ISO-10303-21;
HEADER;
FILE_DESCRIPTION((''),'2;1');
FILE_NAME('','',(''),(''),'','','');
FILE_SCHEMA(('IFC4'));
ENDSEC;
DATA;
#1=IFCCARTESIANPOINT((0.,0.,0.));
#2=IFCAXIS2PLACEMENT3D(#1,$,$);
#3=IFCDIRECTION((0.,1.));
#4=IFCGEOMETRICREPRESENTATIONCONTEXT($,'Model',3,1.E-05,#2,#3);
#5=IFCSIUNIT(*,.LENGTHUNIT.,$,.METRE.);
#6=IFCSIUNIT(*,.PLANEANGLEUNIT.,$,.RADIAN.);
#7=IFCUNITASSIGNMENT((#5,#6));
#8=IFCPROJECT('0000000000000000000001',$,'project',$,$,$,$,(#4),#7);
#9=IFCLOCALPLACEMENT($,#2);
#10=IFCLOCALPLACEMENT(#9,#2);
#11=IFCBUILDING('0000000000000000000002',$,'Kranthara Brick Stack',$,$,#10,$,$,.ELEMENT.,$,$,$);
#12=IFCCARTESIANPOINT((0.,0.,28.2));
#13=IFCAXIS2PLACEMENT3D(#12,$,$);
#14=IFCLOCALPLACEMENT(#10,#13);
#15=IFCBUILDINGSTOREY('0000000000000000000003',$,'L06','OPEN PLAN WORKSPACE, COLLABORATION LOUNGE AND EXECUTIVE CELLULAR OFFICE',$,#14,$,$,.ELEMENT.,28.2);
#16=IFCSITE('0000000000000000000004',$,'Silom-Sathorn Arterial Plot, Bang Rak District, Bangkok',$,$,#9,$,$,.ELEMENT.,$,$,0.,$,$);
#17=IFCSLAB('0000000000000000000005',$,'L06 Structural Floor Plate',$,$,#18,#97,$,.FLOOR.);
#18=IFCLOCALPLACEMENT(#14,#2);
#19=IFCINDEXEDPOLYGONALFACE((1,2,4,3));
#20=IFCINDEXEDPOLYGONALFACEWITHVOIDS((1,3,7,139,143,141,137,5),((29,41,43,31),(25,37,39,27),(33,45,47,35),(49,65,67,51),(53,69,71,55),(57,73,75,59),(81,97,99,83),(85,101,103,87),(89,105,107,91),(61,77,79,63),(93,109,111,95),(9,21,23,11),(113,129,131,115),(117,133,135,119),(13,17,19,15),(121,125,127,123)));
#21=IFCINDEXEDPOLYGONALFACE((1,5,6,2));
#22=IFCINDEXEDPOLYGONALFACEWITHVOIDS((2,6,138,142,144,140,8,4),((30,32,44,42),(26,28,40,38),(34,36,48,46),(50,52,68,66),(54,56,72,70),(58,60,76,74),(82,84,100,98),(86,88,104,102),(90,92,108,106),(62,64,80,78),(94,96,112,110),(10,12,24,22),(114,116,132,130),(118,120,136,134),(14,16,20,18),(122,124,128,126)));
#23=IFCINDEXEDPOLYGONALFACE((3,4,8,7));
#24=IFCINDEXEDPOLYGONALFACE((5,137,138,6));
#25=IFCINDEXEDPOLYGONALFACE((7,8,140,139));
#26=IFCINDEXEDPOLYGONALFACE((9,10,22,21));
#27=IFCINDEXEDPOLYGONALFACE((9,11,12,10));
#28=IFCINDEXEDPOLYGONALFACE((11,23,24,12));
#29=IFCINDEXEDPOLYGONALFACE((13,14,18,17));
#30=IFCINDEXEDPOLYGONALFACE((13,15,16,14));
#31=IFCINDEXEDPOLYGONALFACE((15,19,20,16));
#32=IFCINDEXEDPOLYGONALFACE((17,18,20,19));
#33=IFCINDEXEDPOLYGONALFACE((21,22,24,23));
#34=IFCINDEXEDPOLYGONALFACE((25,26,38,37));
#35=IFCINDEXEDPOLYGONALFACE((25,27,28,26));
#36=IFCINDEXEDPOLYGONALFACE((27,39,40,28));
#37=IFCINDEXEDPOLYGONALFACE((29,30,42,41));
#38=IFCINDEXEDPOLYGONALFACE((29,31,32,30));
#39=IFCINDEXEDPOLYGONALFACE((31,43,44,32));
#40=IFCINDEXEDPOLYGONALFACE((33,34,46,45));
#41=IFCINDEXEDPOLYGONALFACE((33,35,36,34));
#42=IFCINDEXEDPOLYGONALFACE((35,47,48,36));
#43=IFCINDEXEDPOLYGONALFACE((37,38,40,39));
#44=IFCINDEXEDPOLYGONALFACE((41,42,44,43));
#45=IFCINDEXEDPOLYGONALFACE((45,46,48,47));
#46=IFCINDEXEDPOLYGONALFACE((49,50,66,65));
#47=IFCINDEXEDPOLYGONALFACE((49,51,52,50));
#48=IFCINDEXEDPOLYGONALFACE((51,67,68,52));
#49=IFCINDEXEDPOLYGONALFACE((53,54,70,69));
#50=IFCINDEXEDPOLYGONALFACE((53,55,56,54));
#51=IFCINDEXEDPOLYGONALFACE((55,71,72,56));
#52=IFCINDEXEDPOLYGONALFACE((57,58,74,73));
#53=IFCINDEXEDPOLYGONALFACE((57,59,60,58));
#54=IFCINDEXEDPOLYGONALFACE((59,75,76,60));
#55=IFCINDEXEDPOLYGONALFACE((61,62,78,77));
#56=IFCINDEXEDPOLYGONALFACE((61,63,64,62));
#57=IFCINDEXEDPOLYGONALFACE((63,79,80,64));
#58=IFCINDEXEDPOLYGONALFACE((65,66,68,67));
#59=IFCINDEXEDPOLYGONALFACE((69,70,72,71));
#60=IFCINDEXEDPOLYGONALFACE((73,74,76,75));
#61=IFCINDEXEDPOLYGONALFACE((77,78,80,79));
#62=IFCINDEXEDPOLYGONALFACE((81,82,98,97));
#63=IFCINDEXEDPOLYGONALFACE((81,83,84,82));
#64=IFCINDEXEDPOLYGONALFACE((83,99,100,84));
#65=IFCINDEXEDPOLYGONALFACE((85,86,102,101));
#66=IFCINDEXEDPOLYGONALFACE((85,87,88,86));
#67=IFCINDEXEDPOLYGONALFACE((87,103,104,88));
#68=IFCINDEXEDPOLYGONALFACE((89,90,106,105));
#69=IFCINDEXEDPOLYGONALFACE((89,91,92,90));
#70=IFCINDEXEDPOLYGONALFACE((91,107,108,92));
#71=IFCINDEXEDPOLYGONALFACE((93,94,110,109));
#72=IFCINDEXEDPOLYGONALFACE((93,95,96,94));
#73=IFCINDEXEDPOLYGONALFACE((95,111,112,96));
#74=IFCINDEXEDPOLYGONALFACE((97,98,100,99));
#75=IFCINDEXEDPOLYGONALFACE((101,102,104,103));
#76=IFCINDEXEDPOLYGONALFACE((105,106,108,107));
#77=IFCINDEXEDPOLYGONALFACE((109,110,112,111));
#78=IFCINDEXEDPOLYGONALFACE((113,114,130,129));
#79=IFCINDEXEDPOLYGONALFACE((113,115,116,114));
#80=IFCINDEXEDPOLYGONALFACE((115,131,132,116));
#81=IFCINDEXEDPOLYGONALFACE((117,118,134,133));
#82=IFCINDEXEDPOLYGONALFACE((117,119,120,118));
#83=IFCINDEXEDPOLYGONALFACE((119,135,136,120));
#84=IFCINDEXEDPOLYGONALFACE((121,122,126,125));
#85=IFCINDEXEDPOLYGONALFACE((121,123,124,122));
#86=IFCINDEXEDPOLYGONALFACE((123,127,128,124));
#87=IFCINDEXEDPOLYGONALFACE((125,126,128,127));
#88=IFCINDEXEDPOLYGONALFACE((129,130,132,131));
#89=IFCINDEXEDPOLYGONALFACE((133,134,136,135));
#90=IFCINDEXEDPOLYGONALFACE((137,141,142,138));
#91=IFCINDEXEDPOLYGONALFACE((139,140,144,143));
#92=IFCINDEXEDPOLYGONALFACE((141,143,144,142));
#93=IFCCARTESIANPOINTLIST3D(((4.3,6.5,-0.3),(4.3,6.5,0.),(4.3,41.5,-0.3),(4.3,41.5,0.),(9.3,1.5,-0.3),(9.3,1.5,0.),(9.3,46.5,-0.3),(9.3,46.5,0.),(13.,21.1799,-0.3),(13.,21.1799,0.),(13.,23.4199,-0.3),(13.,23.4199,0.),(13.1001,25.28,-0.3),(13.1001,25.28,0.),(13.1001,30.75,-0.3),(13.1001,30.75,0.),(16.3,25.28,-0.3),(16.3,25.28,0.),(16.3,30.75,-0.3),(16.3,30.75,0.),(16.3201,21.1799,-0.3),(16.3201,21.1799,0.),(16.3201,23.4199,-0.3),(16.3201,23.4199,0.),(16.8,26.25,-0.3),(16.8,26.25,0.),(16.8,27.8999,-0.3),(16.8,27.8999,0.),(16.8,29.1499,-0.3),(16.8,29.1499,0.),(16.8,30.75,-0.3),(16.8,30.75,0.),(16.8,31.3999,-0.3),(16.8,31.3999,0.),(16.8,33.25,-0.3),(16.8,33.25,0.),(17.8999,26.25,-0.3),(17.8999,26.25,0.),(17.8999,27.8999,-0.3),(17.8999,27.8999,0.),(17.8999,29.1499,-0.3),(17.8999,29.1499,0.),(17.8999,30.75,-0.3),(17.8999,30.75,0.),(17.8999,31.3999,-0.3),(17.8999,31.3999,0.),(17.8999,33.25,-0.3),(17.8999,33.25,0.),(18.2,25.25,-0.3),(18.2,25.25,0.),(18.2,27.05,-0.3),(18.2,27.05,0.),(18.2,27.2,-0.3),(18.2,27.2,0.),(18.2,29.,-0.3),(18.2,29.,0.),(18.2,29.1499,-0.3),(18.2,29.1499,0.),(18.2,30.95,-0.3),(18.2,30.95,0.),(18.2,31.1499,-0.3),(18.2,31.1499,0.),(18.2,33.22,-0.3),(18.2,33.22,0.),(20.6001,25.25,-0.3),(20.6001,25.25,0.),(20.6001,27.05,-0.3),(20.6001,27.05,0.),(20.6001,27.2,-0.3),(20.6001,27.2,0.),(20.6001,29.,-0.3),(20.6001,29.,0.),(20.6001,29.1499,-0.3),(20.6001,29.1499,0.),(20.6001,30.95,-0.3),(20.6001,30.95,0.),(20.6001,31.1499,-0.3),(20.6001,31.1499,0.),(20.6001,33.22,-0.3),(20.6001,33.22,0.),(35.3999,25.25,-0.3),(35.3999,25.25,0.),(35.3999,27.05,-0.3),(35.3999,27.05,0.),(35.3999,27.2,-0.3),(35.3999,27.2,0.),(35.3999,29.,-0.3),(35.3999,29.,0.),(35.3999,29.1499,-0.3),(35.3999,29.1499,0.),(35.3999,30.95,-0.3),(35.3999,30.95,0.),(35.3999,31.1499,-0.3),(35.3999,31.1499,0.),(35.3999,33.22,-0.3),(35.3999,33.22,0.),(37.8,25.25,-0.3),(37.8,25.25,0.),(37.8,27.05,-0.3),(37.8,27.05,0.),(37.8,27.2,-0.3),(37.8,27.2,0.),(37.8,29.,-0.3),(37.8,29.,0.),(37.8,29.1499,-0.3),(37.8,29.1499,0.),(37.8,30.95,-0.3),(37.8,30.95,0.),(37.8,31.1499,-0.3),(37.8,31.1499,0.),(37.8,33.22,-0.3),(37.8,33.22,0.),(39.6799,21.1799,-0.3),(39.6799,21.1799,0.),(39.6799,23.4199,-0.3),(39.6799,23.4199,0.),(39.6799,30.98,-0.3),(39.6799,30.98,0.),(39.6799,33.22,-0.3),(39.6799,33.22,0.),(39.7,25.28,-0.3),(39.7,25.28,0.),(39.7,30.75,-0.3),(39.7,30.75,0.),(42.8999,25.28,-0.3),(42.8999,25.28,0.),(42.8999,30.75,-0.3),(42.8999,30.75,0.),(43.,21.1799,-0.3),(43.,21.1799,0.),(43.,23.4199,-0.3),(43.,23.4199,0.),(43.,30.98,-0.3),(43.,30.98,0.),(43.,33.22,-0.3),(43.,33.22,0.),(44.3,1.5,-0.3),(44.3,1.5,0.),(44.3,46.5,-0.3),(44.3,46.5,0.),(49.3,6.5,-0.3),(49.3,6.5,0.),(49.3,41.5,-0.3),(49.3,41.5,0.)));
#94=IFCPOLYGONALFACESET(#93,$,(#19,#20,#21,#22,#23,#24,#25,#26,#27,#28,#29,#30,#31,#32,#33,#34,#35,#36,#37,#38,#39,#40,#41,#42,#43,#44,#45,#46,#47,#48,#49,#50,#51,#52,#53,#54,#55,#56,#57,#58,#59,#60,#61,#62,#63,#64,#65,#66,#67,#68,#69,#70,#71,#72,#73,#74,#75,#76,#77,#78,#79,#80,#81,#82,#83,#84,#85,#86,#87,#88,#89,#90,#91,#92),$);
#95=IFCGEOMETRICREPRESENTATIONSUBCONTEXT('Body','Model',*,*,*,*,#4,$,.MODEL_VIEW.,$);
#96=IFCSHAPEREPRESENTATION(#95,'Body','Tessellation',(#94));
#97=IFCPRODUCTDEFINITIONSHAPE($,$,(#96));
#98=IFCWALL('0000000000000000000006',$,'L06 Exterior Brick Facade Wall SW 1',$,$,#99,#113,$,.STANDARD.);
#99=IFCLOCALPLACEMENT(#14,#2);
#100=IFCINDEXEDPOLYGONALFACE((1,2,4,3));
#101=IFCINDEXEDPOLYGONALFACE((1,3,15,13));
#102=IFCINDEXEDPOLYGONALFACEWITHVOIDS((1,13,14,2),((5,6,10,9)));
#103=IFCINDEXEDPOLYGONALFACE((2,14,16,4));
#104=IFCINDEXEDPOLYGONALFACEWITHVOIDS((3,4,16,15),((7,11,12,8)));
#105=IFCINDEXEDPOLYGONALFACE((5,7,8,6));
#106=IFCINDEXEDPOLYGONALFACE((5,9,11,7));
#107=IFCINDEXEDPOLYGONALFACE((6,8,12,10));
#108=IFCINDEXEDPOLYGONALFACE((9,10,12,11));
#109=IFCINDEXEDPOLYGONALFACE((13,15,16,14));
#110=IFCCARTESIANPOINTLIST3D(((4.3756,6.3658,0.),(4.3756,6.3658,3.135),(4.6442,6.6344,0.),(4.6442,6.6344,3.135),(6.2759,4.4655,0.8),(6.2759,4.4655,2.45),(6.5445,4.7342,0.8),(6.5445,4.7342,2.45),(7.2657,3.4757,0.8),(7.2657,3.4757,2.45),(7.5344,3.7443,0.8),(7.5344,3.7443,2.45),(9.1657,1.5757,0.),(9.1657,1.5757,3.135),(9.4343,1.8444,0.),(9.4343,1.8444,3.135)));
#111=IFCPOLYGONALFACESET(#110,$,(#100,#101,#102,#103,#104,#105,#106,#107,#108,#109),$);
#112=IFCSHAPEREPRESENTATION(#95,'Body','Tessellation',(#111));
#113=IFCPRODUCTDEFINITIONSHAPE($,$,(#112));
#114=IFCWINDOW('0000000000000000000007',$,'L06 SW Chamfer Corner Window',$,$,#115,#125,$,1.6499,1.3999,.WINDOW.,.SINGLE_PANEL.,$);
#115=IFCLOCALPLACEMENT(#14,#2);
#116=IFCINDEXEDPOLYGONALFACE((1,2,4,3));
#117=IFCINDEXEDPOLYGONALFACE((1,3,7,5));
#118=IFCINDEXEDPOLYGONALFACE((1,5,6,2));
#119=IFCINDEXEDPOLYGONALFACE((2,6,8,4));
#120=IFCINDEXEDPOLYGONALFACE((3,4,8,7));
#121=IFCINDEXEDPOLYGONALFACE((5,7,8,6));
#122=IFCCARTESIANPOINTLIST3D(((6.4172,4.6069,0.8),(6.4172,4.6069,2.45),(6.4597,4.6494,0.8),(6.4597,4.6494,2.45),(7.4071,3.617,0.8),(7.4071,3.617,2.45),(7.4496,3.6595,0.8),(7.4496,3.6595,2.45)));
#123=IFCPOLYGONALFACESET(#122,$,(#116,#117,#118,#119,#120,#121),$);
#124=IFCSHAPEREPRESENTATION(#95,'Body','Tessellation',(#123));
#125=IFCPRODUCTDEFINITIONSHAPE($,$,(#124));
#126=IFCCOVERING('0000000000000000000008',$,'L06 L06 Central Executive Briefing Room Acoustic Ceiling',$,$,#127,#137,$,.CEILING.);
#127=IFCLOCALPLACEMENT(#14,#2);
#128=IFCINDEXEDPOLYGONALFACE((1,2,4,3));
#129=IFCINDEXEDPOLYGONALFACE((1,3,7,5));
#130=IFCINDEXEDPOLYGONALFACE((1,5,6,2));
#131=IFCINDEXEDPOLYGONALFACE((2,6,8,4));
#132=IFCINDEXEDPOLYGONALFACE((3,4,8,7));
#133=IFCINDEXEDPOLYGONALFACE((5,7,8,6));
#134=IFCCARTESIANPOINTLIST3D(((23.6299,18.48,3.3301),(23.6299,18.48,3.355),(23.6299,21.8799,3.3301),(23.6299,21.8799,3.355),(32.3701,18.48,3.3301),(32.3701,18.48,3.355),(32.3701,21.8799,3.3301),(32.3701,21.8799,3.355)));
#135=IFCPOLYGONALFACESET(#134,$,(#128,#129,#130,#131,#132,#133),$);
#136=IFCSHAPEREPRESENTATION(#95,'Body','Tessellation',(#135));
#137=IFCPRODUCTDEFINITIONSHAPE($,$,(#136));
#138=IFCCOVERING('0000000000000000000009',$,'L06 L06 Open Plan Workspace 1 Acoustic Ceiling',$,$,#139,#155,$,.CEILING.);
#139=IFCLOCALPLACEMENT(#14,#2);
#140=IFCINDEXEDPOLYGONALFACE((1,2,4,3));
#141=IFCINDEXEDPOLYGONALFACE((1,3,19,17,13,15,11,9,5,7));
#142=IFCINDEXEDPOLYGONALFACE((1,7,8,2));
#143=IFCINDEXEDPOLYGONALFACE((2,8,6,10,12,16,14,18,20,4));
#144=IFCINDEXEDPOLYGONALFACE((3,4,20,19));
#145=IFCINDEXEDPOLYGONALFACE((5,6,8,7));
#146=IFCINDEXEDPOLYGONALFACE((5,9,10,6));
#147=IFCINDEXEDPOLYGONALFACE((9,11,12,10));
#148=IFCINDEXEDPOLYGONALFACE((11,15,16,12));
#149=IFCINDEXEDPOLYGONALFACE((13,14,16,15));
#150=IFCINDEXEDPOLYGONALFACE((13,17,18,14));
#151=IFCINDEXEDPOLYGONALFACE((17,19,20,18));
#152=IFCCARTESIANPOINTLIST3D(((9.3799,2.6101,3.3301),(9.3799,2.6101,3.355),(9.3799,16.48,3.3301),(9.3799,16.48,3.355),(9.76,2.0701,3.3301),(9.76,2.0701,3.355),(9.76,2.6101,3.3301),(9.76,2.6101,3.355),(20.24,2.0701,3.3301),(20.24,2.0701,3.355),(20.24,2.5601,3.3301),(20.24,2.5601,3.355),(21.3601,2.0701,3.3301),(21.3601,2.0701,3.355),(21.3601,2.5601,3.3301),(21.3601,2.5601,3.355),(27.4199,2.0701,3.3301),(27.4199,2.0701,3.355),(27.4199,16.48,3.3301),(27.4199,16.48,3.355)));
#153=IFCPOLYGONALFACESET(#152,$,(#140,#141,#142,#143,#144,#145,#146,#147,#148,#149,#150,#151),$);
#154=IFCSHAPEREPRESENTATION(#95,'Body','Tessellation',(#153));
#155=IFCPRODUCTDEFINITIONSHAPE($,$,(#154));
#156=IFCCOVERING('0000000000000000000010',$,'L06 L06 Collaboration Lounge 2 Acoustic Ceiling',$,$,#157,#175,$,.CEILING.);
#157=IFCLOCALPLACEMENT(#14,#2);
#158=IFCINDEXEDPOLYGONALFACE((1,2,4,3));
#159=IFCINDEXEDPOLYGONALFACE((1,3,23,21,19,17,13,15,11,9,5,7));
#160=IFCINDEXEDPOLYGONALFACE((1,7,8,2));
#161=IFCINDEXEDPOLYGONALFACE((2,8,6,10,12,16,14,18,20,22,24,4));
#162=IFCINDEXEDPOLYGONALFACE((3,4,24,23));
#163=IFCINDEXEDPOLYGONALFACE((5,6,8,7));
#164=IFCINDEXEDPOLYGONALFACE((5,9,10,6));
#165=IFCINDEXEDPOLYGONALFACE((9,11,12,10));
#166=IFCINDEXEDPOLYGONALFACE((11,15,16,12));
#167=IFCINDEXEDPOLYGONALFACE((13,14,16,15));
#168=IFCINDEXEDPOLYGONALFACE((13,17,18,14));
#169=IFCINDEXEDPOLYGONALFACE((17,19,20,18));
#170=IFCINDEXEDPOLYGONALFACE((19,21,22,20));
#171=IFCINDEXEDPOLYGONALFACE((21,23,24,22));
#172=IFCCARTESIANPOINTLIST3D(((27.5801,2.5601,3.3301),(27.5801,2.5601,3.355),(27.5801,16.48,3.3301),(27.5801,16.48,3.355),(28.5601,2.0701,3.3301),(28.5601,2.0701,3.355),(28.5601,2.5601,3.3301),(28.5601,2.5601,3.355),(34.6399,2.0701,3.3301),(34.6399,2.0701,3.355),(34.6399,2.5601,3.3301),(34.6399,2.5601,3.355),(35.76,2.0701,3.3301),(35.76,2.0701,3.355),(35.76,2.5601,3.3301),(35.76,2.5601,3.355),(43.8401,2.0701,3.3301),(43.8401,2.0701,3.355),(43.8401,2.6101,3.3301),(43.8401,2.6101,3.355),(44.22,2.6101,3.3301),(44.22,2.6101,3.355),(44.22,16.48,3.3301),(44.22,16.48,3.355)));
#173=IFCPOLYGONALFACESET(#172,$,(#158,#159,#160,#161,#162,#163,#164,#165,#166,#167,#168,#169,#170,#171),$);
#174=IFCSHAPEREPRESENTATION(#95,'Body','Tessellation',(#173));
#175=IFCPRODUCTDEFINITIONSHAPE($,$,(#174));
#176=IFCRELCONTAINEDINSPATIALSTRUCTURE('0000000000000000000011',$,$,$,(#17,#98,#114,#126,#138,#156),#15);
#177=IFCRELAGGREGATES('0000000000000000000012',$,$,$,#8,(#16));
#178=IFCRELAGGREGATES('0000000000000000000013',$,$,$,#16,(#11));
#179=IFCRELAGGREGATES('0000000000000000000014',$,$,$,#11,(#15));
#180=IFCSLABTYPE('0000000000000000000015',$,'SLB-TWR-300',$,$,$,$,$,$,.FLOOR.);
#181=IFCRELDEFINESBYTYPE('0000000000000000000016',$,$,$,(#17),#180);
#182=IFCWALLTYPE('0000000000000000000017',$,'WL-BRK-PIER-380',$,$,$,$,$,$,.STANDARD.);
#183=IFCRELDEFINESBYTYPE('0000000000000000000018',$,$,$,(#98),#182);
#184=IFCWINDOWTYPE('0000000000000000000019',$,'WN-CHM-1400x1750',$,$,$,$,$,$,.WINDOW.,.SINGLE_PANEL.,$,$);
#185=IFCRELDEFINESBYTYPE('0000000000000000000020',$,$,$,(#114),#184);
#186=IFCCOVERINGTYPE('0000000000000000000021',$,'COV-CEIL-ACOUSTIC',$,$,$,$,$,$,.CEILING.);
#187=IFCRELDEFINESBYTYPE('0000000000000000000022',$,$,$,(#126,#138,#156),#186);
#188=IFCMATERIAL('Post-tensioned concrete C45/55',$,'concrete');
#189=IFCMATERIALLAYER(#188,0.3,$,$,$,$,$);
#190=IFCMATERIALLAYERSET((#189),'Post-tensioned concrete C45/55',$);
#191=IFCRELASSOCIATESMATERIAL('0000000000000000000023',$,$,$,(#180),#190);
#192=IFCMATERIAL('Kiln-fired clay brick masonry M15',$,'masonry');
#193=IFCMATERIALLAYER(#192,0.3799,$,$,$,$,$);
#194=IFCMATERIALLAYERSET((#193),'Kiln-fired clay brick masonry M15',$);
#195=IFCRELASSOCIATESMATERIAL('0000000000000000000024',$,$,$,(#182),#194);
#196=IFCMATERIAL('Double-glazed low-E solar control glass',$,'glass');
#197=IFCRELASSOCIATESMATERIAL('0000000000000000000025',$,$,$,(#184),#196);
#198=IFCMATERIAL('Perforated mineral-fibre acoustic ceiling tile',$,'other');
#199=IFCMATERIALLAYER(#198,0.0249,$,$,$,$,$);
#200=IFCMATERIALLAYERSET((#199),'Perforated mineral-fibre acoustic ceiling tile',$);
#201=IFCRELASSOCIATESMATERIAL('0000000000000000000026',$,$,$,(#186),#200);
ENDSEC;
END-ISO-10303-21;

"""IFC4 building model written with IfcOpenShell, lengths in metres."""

from ifc_helpers import new_model, si_unit, direction, frame, frame_2d, origin, place, context, subcontext, project, spatial, polyline, rectangle, outline, extrude, material, layer, layer_set, type_object, element, fill, save


model = new_model("IFC4")

# Units and contexts
model_context = context("Model", 3, precision=1e-05, world=origin(), true_north=direction((0.0, 1.0)))
body_context = subcontext(model_context, "Body", "Model", "MODEL_VIEW")
ifc_project = project(units=[si_unit("LENGTHUNIT", "METRE"), si_unit("PLANEANGLEUNIT", "RADIAN")], contexts=[model_context])

# Site, building, storey
site_placement = place(None, origin())
site = spatial("IfcSite", under=ifc_project, at=site_placement, Name="Silom-Sathorn Arterial Plot, Bang Rak District, Bangkok", CompositionType="ELEMENT", RefElevation=0.0)
building_placement = place(site_placement, origin())
building = spatial("IfcBuilding", under=site, at=building_placement, Name="Kranthara Brick Stack", CompositionType="ELEMENT")
storey_placement = place(building_placement, frame((0.0, 0.0, 28.2)))
storey = spatial("IfcBuildingStorey", under=building, at=storey_placement, Name="L06", Description="OPEN PLAN WORKSPACE, COLLABORATION LOUNGE AND EXECUTIVE CELLULAR OFFICE", CompositionType="ELEMENT", Elevation=28.2)

# Slab
ifc_material_1 = material(Name="Post-tensioned concrete C45/55", Category="concrete")
ifc_layer_1 = layer(ifc_material_1, 0.3)
ifc_layer_set_1 = layer_set([ifc_layer_1], Name="Post-tensioned concrete C45/55")
slab_type_1 = type_object("IfcSlabType", Name="SLB-TWR-300", PredefinedType="FLOOR", material=ifc_layer_set_1)
slab_1_placement = place(storey_placement, frame((0.0, 0.0, -0.3)))
element("IfcSlab", 1, at=slab_1_placement, inside=storey, type_object=slab_type_1, Name="L06 Structural Floor Plate", PredefinedType="FLOOR", context=body_context, shape_type="SweptSolid", body=[
    extrude(outline(polyline([(9.3, 1.5), (44.3, 1.5), (49.3, 6.5), (49.3, 41.5), (44.3, 46.5), (9.3, 46.5), (4.3, 41.5), (4.3, 6.5), (9.3, 1.5)]), holes=[polyline([(13.1001, 25.28), (16.3, 25.28), (16.3, 30.75), (13.1001, 30.75), (13.1001, 25.28)]), polyline([(39.7, 25.28), (42.8999, 25.28), (42.8999, 30.75), (39.7, 30.75), (39.7, 25.28)]), polyline([(13.0, 21.1799), (16.3201, 21.1799), (16.3201, 23.4199), (13.0, 23.4199), (13.0, 21.1799)]), polyline([(39.6799, 21.1799), (43.0, 21.1799), (43.0, 23.4199), (39.6799, 23.4199), (39.6799, 21.1799)]), polyline([(39.6799, 30.98), (43.0, 30.98), (43.0, 33.22), (39.6799, 33.22), (39.6799, 30.98)]), polyline([(18.2, 25.25), (20.6001, 25.25), (20.6001, 27.05), (18.2, 27.05), (18.2, 25.25)]), polyline([(18.2, 27.2), (20.6001, 27.2), (20.6001, 29.0), (18.2, 29.0), (18.2, 27.2)]), polyline([(18.2, 29.1499), (20.6001, 29.1499), (20.6001, 30.95), (18.2, 30.95), (18.2, 29.1499)]), polyline([(35.3999, 25.25), (37.8, 25.25), (37.8, 27.05), (35.3999, 27.05), (35.3999, 25.25)]), polyline([(35.3999, 27.2), (37.8, 27.2), (37.8, 29.0), (35.3999, 29.0), (35.3999, 27.2)]), polyline([(35.3999, 29.1499), (37.8, 29.1499), (37.8, 30.95), (35.3999, 30.95), (35.3999, 29.1499)]), polyline([(18.2, 31.1499), (20.6001, 31.1499), (20.6001, 33.22), (18.2, 33.22), (18.2, 31.1499)]), polyline([(35.3999, 31.1499), (37.8, 31.1499), (37.8, 33.22), (35.3999, 33.22), (35.3999, 31.1499)]), polyline([(16.8, 26.25), (17.8999, 26.25), (17.8999, 27.8999), (16.8, 27.8999), (16.8, 26.25)]), polyline([(16.8, 29.1499), (17.8999, 29.1499), (17.8999, 30.75), (16.8, 30.75), (16.8, 29.1499)]), polyline([(16.8, 31.3999), (17.8999, 31.3999), (17.8999, 33.25), (16.8, 33.25), (16.8, 31.3999)])]), origin(), (0.0, 0.0, 1.0), 0.3),
])

# Wall, opening, window
ifc_material_2 = material(Name="Kiln-fired clay brick masonry M15", Category="masonry")
ifc_layer_2 = layer(ifc_material_2, 0.3799)
ifc_layer_set_2 = layer_set([ifc_layer_2], Name="Kiln-fired clay brick masonry M15")
wall_type = type_object("IfcWallType", Name="WL-BRK-PIER-380", PredefinedType="STANDARD", material=ifc_layer_set_2)
wall_placement = place(storey_placement, frame((9.3, 1.71, 0.0), z_axis=(0.0, 0.0, 1.0), x_axis=(-0.707107, 0.707107, 0.0)))
wall = element("IfcWall", 2, at=wall_placement, inside=storey, type_object=wall_type, Name="L06 Exterior Brick Facade Wall SW 1", PredefinedType="STANDARD", context=body_context, shape_type="SweptSolid", body=[
    extrude(rectangle(XDim=6.7742, YDim=0.3799, at=frame_2d((3.3872, 0.0))), origin(), (0.0, 0.0, 1.0), 3.135),
])
opening_placement = place(wall_placement, frame((2.687, 0.0, 0.8)))
opening = element("IfcOpeningElement", 3, at=opening_placement, cuts=wall, PredefinedType="OPENING", context=body_context, shape_type="SweptSolid", body=[
    extrude(rectangle(XDim=1.3999, YDim=1.6499, at=frame_2d((0.7, 0.825))), frame((0.0, 0.2, 0.0), z_axis=(0.0, -1.0, 0.0), x_axis=(1.0, 0.0, 0.0)), (0.0, 0.0, 1.0), 0.3999),
])
ifc_material_3 = material(Name="Double-glazed low-E solar control glass", Category="glass")
window_type = type_object("IfcWindowType", Name="WN-CHM-1400x1750", PartitioningType="SINGLE_PANEL", PredefinedType="WINDOW", material=ifc_material_3)
window_placement = place(opening_placement, origin())
window = element("IfcWindow", 4, at=window_placement, inside=storey, type_object=window_type, Name="L06 SW Chamfer Corner Window", OverallHeight=1.6499, OverallWidth=1.3999, PartitioningType="SINGLE_PANEL", PredefinedType="WINDOW", context=body_context, shape_type="SweptSolid", body=[
    extrude(rectangle(XDim=1.3999, YDim=1.6499, at=frame_2d((0.7, 0.825))), frame((0.0, -0.01, 0.0), z_axis=(0.0, -1.0, 0.0), x_axis=(1.0, 0.0, 0.0)), (0.0, 0.0, 1.0), 0.0601),
])
fill(opening, window)

# Coverings
ifc_material_4 = material(Name="Perforated mineral-fibre acoustic ceiling tile", Category="other")
ifc_layer_3 = layer(ifc_material_4, 0.0249)
ifc_layer_set_3 = layer_set([ifc_layer_3], Name="Perforated mineral-fibre acoustic ceiling tile")
covering_type_1 = type_object("IfcCoveringType", Name="COV-CEIL-ACOUSTIC", PredefinedType="CEILING", material=ifc_layer_set_3)
covering_1_placement = place(storey_placement, frame((0.0, 0.0, 3.3301)))
element("IfcCovering", 5, at=covering_1_placement, inside=storey, type_object=covering_type_1, Name="L06 L06 Central Executive Briefing Room Acoustic Ceiling", PredefinedType="CEILING", context=body_context, shape_type="SweptSolid", body=[
    extrude(outline(polyline([(32.3701, 18.48), (32.3701, 21.8799), (23.6299, 21.8799), (23.6299, 18.48), (32.3701, 18.48)])), origin(), (0.0, 0.0, 1.0), 0.0249),
])
covering_2_placement = place(storey_placement, frame((0.0, 0.0, 3.3301)))
element("IfcCovering", 6, at=covering_2_placement, inside=storey, type_object=covering_type_1, Name="L06 L06 Open Plan Workspace 1 Acoustic Ceiling", PredefinedType="CEILING", context=body_context, shape_type="SweptSolid", body=[
    extrude(outline(polyline([(27.4199, 16.48), (27.4199, 2.0701), (21.3601, 2.0701), (21.3601, 2.5601), (20.24, 2.5601), (20.24, 2.0701), (9.76, 2.0701), (9.76, 2.6101), (9.3799, 2.6101), (9.3799, 16.48), (27.4199, 16.48)])), origin(), (0.0, 0.0, 1.0), 0.0249),
])
covering_3_placement = place(storey_placement, frame((0.0, 0.0, 3.3301)))
element("IfcCovering", 7, at=covering_3_placement, inside=storey, type_object=covering_type_1, Name="L06 L06 Collaboration Lounge 2 Acoustic Ceiling", PredefinedType="CEILING", context=body_context, shape_type="SweptSolid", body=[
    extrude(outline(polyline([(44.22, 2.6101), (43.8401, 2.6101), (43.8401, 2.0701), (35.76, 2.0701), (35.76, 2.5601), (34.6399, 2.5601), (34.6399, 2.0701), (28.5601, 2.0701), (28.5601, 2.5601), (27.5801, 2.5601), (27.5801, 16.48), (44.22, 16.48), (44.22, 2.6101)])), origin(), (0.0, 0.0, 1.0), 0.0249),
])

save(model, "model.ifc")
